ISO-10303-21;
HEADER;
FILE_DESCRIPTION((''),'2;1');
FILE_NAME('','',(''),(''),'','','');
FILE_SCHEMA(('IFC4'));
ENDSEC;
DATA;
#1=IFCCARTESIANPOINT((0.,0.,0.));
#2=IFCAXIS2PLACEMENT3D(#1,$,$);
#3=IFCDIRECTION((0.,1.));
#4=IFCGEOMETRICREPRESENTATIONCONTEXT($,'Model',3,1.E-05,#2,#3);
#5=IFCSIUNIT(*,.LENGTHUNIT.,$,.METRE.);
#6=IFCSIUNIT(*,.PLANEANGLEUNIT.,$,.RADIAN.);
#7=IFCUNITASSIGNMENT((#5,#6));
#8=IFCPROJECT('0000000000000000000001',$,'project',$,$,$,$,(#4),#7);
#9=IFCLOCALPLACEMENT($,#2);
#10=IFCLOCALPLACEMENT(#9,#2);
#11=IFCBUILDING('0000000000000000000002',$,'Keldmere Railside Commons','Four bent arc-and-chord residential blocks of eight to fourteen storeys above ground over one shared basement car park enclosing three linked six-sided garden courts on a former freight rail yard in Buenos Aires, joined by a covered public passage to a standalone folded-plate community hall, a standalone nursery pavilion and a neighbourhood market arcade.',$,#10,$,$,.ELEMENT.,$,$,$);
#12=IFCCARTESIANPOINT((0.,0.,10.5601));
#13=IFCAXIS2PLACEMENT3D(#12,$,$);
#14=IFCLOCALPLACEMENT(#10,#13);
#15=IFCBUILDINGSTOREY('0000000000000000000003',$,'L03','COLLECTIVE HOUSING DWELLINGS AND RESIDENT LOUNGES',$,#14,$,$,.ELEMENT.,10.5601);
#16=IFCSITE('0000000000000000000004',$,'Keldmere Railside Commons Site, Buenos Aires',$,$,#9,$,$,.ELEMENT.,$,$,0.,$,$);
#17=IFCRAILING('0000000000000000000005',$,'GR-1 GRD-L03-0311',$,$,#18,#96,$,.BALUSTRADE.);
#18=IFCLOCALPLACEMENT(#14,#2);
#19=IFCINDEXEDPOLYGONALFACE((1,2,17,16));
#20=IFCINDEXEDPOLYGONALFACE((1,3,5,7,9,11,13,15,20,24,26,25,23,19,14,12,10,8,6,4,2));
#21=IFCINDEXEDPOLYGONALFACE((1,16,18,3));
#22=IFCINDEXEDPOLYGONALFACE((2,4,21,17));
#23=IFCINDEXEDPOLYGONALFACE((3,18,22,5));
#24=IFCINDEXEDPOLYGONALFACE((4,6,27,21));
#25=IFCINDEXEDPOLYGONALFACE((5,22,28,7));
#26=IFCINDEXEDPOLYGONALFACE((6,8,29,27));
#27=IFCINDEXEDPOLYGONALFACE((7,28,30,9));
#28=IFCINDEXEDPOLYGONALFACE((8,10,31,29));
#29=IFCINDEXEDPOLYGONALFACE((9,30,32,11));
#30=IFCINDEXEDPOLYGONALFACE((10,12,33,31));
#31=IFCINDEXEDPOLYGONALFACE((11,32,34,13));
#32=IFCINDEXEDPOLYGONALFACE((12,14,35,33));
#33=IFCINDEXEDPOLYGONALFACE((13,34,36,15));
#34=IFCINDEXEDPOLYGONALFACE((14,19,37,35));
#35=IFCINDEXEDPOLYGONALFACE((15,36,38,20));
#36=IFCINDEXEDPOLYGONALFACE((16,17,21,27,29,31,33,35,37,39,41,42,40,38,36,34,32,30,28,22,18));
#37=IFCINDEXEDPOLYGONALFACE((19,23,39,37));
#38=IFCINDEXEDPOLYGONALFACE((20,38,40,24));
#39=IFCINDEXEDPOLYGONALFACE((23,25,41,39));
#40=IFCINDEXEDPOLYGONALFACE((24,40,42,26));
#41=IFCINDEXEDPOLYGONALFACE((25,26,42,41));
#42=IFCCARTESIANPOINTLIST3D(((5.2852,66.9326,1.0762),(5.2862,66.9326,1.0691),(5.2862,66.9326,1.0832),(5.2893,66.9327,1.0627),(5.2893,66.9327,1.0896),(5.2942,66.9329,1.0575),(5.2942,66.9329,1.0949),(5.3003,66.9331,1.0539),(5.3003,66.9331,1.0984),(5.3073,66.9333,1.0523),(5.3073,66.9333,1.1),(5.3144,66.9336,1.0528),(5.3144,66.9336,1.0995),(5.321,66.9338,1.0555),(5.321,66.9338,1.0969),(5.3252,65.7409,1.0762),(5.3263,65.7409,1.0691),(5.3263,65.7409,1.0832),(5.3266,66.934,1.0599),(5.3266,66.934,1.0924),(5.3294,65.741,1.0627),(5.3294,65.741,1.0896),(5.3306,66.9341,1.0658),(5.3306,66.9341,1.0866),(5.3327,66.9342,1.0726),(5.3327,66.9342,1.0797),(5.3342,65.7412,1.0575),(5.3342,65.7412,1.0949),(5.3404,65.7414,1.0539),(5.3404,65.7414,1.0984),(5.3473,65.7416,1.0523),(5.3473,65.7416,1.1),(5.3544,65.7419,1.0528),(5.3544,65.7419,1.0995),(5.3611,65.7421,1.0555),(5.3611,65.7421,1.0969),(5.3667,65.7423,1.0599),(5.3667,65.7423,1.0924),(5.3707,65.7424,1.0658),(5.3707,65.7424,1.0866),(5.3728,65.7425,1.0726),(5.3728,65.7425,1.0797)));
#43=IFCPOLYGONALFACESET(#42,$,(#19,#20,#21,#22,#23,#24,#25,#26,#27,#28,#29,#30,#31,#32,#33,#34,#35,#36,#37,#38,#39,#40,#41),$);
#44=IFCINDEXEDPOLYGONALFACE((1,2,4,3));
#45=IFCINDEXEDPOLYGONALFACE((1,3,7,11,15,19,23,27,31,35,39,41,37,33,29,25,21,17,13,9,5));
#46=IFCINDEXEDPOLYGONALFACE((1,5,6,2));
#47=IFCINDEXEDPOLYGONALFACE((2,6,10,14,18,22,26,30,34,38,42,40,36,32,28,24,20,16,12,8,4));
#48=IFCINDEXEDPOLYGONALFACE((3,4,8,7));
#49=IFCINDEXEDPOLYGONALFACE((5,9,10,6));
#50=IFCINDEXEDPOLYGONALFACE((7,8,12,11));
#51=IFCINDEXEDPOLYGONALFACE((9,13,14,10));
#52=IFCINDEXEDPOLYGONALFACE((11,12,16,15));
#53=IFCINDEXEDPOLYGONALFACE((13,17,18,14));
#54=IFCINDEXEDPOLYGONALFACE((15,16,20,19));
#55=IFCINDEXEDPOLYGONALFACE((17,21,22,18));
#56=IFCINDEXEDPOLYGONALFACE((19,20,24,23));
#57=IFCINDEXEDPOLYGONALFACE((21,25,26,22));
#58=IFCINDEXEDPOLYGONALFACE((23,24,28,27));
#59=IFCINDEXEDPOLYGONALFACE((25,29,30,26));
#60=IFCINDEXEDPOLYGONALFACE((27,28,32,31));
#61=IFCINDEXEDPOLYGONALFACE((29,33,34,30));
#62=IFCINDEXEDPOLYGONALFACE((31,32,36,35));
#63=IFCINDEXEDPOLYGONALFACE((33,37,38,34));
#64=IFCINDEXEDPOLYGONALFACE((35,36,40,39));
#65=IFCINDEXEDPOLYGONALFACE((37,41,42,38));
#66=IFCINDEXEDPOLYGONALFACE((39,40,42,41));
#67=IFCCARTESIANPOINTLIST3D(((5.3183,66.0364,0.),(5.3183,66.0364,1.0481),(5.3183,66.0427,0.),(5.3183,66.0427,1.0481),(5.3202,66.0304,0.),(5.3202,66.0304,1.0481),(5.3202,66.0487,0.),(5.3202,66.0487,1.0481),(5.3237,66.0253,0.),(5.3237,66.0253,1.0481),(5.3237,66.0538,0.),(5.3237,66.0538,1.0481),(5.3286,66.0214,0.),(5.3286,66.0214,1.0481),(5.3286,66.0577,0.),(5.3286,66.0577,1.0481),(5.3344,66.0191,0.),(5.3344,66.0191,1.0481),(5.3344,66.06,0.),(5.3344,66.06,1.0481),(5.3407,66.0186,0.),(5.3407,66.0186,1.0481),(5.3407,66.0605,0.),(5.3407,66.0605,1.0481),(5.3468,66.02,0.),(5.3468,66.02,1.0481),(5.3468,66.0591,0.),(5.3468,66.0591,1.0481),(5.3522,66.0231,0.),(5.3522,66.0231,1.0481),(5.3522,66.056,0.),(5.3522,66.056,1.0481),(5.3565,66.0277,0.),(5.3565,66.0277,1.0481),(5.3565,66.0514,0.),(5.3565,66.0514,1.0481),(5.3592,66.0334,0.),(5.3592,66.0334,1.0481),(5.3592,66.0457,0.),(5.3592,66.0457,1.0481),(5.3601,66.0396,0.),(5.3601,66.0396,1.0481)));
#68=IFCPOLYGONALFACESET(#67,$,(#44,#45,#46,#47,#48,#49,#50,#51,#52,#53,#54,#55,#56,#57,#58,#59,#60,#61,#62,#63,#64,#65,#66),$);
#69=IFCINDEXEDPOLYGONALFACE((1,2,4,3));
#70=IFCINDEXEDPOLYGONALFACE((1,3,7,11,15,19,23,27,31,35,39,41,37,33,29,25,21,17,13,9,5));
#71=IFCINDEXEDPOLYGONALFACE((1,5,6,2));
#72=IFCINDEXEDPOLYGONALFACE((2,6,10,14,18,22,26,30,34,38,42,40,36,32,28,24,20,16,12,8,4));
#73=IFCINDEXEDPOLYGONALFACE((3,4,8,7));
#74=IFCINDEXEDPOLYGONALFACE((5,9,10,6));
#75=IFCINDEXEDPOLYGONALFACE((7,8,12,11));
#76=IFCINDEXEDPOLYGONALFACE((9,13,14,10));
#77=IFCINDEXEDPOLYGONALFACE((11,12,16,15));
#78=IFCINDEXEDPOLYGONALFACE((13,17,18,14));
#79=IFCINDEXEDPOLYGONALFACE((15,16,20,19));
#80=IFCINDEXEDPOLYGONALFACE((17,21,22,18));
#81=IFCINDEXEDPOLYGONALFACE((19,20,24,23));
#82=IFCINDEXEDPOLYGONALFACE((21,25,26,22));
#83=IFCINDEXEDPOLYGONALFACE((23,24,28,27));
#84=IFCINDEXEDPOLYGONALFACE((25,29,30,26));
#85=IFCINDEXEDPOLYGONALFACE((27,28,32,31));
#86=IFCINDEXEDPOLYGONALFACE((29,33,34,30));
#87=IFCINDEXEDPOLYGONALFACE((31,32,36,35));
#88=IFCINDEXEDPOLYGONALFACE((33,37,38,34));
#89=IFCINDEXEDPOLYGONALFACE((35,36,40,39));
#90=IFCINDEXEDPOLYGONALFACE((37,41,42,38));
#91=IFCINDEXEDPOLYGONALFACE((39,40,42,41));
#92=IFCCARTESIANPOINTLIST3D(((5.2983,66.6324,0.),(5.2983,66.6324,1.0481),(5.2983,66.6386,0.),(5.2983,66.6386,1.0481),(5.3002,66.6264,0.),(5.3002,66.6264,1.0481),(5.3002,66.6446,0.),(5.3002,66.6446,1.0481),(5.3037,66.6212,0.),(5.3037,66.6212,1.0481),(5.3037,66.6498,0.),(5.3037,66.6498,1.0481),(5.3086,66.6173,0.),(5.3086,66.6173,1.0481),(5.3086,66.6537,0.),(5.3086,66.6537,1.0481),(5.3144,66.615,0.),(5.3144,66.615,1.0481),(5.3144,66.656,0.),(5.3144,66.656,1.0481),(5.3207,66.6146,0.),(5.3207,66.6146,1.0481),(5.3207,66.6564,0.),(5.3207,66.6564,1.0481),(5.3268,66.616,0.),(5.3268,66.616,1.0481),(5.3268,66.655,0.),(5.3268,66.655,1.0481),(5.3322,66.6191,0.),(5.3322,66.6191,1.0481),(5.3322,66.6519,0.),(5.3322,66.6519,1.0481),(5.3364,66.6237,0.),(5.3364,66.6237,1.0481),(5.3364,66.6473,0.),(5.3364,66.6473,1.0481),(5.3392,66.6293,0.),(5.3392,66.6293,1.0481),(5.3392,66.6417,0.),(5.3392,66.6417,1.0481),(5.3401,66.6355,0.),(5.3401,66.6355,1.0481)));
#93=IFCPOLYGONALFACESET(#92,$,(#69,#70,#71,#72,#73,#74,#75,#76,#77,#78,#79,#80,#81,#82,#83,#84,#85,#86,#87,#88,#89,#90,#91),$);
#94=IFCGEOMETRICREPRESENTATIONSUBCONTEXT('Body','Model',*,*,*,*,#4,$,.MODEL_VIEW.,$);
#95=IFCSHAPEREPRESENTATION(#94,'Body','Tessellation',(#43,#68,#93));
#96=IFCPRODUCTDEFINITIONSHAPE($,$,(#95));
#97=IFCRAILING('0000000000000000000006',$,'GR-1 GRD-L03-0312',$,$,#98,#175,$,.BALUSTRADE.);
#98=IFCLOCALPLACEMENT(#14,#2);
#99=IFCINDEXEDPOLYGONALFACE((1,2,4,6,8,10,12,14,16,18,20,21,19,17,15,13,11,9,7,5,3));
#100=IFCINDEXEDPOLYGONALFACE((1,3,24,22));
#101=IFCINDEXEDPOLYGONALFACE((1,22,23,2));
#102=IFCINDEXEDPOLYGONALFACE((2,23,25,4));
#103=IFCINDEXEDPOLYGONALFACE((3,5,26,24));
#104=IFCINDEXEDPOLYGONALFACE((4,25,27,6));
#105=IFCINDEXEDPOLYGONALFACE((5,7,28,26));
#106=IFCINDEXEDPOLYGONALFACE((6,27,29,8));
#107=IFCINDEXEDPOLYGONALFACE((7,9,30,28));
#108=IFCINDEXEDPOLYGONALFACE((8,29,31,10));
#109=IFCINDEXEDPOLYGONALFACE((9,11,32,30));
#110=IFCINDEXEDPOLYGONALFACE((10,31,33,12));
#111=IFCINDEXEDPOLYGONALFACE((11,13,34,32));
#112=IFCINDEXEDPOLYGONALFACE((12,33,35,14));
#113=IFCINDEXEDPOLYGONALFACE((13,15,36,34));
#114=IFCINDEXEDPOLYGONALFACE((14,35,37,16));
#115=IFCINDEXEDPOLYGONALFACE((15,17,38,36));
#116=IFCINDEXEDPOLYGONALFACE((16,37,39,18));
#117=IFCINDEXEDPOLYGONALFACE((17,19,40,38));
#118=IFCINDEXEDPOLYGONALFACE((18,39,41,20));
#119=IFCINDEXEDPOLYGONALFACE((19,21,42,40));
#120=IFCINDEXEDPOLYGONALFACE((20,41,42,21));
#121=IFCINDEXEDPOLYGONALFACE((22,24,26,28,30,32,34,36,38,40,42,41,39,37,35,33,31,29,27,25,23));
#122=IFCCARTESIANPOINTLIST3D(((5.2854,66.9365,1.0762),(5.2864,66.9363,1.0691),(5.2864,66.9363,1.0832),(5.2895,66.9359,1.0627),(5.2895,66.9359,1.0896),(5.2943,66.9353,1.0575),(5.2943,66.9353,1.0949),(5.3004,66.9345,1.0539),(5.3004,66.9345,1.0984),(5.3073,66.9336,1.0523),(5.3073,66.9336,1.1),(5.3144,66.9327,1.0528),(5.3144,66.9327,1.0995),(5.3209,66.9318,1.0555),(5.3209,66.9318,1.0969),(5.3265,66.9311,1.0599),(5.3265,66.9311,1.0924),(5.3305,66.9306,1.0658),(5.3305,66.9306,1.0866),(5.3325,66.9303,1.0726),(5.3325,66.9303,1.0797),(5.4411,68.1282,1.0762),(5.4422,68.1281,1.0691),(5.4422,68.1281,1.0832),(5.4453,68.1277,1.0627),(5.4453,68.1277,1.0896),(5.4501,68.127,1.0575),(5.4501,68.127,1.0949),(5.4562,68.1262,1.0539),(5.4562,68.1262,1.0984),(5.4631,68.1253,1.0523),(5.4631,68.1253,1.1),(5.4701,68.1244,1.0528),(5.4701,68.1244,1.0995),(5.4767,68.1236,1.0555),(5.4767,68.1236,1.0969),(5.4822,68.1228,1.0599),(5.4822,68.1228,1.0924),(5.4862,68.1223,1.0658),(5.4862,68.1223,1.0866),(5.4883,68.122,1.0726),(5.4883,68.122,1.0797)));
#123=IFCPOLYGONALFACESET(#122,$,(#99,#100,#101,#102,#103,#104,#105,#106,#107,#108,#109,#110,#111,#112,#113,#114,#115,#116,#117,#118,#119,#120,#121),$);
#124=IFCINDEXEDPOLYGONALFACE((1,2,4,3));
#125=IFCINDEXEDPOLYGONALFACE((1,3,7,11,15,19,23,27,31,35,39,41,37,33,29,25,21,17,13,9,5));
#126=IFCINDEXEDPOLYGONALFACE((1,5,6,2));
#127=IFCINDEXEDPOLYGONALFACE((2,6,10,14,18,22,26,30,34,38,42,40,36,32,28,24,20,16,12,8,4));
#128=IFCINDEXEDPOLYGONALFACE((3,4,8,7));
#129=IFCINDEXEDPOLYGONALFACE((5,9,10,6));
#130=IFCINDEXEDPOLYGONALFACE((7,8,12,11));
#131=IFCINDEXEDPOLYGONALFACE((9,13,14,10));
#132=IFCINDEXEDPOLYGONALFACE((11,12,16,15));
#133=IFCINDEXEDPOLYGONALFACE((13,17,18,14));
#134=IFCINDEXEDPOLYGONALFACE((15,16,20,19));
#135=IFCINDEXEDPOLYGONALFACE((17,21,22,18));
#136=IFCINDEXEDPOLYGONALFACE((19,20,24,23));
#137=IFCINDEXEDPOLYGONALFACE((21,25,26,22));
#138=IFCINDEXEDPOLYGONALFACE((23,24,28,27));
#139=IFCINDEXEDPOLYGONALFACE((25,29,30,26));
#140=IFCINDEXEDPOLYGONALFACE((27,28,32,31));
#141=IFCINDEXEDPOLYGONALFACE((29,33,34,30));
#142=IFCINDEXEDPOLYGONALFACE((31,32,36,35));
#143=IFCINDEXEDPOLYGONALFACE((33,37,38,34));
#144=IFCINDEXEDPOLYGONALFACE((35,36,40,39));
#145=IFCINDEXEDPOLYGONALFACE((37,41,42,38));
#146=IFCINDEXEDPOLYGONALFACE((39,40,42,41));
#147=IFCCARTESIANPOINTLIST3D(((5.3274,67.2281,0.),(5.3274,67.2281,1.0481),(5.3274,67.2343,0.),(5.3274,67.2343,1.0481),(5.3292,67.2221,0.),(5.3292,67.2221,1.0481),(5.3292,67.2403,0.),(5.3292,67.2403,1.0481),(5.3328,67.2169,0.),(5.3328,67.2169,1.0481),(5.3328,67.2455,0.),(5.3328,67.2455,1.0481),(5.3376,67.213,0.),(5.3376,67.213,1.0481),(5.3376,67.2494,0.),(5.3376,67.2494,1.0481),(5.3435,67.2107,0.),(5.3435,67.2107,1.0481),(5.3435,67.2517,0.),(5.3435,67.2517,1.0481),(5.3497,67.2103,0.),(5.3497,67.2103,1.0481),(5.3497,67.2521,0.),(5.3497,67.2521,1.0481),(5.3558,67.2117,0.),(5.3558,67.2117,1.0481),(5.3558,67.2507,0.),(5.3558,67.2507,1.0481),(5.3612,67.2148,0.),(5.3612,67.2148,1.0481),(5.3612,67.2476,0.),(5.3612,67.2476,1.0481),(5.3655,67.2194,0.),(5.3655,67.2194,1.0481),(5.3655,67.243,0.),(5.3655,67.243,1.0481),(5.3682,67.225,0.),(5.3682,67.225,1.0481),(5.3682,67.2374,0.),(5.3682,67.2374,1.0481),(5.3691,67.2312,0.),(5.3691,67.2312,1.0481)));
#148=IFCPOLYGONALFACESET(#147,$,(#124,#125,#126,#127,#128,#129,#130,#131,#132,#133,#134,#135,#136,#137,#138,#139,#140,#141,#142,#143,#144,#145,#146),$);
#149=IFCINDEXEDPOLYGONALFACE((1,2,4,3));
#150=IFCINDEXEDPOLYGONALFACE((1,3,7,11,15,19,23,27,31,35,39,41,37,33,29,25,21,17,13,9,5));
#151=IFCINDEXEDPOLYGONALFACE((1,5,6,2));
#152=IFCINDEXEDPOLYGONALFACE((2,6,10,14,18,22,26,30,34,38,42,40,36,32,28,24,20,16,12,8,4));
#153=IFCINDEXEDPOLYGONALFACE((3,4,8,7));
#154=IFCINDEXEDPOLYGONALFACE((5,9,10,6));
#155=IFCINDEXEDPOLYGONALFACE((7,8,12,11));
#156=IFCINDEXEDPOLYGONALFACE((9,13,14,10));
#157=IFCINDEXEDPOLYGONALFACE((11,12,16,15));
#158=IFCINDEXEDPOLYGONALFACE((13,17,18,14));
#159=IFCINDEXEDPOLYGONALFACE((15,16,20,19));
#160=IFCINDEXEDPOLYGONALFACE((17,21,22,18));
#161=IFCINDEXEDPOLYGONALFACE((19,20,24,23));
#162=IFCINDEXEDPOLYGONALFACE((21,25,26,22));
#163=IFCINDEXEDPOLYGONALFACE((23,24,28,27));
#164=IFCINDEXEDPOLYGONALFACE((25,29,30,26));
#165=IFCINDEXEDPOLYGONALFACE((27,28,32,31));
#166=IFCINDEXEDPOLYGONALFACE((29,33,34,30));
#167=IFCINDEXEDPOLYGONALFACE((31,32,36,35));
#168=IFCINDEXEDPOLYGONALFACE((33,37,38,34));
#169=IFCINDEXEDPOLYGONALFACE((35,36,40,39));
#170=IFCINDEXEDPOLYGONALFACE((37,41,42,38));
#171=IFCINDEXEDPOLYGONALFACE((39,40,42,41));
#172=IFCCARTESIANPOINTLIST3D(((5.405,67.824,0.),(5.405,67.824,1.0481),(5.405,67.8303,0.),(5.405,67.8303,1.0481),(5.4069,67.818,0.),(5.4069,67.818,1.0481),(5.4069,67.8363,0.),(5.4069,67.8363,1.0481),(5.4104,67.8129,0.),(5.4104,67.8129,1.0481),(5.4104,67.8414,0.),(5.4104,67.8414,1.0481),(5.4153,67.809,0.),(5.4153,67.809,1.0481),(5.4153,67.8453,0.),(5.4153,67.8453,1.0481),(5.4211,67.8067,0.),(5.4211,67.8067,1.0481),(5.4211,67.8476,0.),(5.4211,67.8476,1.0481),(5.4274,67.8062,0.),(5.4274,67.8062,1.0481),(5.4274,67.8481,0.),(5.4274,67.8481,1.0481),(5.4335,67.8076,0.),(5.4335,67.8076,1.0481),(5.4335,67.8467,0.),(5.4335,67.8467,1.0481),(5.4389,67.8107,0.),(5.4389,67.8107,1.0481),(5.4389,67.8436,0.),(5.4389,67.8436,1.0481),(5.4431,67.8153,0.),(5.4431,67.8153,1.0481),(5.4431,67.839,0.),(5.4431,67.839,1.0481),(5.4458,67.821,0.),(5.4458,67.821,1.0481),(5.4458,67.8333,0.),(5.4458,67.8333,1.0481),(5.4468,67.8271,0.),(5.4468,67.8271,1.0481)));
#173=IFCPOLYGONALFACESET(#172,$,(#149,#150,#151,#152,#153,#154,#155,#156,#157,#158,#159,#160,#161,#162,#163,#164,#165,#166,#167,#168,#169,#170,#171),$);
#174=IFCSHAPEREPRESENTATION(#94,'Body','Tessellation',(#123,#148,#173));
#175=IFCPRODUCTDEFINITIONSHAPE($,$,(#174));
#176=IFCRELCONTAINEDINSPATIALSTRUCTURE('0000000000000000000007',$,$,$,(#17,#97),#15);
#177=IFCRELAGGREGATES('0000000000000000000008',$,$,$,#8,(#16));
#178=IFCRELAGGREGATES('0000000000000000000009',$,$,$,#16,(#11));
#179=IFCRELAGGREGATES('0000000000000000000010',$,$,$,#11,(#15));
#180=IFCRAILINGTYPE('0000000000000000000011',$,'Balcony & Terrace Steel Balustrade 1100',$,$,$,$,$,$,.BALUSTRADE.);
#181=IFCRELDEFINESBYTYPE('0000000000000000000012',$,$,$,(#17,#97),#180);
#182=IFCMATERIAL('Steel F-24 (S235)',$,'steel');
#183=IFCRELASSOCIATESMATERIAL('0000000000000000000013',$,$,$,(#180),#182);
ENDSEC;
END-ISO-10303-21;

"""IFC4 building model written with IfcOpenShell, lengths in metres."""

from ifc_helpers import new_model, si_unit, direction, frame, origin, origin_2d, place, context, subcontext, project, spatial, circle, extrude, material, type_object, element, save


model = new_model("IFC4")

# Units and contexts
model_context = context("Model", 3, precision=1e-05, world=origin(), true_north=direction((0.0, 1.0)))
body_context = subcontext(model_context, "Body", "Model", "MODEL_VIEW")
ifc_project = project(units=[si_unit("LENGTHUNIT", "METRE"), si_unit("PLANEANGLEUNIT", "RADIAN")], contexts=[model_context])

# Site, building, storey
site_placement = place(None, origin())
site = spatial("IfcSite", under=ifc_project, at=site_placement, Name="Keldmere Railside Commons Site, Buenos Aires", CompositionType="ELEMENT", RefElevation=0.0)
building_placement = place(site_placement, origin())
building = spatial("IfcBuilding", under=site, at=building_placement, Name="Keldmere Railside Commons", Description="Four bent arc-and-chord residential blocks of eight to fourteen storeys above ground over one shared basement car park enclosing three linked six-sided garden courts on a former freight rail yard in Buenos Aires, joined by a covered public passage to a standalone folded-plate community hall, a standalone nursery pavilion and a neighbourhood market arcade.", CompositionType="ELEMENT")
storey_placement = place(building_placement, frame((0.0, 0.0, 10.5601)))
storey = spatial("IfcBuildingStorey", under=building, at=storey_placement, Name="L03", Description="COLLECTIVE HOUSING DWELLINGS AND RESIDENT LOUNGES", CompositionType="ELEMENT", Elevation=10.5601)

# Railings
ifc_material_1 = material(Name="Steel F-24 (S235)", Category="steel")
railing_type_1 = type_object("IfcRailingType", Name="Balcony & Terrace Steel Balustrade 1100", PredefinedType="BALUSTRADE", material=ifc_material_1)
railing_1_placement = place(storey_placement, frame((5.3491, 65.7417, 0.0)))
element("IfcRailing", 1, at=railing_1_placement, inside=storey, type_object=railing_type_1, Name="GR-1 GRD-L03-0311", PredefinedType="BALUSTRADE", context=body_context, shape_type="SweptSolid", body=[
    extrude(circle(Radius=0.0239, at=origin_2d()), frame((0.0, 0.0, 1.0762), z_axis=(-0.033581, 0.999436, 0.0), x_axis=(-0.999436, -0.033581, 0.0)), (0.0, 0.0, 1.0), 1.1924),
    extrude(circle(Radius=0.021, at=origin_2d()), frame((-0.01, 0.2979, 0.0)), (0.0, 0.0, 1.0), 1.0481),
    extrude(circle(Radius=0.021, at=origin_2d()), frame((-0.03, 0.8938, 0.0)), (0.0, 0.0, 1.0), 1.0481),
])
railing_2_placement = place(storey_placement, frame((5.3091, 66.9333, 0.0)))
element("IfcRailing", 2, at=railing_2_placement, inside=storey, type_object=railing_type_1, Name="GR-1 GRD-L03-0312", PredefinedType="BALUSTRADE", context=body_context, shape_type="SweptSolid", body=[
    extrude(circle(Radius=0.0239, at=origin_2d()), frame((0.0, 0.0, 1.0762), z_axis=(0.129608, 0.991565, 0.0), x_axis=(-0.991565, 0.129608, 0.0)), (0.0, 0.0, 1.0), 1.2019),
    extrude(circle(Radius=0.021, at=origin_2d()), frame((0.0391, 0.2979, 0.0)), (0.0, 0.0, 1.0), 1.0481),
    extrude(circle(Radius=0.021, at=origin_2d()), frame((0.1167, 0.8938, 0.0)), (0.0, 0.0, 1.0), 1.0481),
])

save(model, "model.ifc")
